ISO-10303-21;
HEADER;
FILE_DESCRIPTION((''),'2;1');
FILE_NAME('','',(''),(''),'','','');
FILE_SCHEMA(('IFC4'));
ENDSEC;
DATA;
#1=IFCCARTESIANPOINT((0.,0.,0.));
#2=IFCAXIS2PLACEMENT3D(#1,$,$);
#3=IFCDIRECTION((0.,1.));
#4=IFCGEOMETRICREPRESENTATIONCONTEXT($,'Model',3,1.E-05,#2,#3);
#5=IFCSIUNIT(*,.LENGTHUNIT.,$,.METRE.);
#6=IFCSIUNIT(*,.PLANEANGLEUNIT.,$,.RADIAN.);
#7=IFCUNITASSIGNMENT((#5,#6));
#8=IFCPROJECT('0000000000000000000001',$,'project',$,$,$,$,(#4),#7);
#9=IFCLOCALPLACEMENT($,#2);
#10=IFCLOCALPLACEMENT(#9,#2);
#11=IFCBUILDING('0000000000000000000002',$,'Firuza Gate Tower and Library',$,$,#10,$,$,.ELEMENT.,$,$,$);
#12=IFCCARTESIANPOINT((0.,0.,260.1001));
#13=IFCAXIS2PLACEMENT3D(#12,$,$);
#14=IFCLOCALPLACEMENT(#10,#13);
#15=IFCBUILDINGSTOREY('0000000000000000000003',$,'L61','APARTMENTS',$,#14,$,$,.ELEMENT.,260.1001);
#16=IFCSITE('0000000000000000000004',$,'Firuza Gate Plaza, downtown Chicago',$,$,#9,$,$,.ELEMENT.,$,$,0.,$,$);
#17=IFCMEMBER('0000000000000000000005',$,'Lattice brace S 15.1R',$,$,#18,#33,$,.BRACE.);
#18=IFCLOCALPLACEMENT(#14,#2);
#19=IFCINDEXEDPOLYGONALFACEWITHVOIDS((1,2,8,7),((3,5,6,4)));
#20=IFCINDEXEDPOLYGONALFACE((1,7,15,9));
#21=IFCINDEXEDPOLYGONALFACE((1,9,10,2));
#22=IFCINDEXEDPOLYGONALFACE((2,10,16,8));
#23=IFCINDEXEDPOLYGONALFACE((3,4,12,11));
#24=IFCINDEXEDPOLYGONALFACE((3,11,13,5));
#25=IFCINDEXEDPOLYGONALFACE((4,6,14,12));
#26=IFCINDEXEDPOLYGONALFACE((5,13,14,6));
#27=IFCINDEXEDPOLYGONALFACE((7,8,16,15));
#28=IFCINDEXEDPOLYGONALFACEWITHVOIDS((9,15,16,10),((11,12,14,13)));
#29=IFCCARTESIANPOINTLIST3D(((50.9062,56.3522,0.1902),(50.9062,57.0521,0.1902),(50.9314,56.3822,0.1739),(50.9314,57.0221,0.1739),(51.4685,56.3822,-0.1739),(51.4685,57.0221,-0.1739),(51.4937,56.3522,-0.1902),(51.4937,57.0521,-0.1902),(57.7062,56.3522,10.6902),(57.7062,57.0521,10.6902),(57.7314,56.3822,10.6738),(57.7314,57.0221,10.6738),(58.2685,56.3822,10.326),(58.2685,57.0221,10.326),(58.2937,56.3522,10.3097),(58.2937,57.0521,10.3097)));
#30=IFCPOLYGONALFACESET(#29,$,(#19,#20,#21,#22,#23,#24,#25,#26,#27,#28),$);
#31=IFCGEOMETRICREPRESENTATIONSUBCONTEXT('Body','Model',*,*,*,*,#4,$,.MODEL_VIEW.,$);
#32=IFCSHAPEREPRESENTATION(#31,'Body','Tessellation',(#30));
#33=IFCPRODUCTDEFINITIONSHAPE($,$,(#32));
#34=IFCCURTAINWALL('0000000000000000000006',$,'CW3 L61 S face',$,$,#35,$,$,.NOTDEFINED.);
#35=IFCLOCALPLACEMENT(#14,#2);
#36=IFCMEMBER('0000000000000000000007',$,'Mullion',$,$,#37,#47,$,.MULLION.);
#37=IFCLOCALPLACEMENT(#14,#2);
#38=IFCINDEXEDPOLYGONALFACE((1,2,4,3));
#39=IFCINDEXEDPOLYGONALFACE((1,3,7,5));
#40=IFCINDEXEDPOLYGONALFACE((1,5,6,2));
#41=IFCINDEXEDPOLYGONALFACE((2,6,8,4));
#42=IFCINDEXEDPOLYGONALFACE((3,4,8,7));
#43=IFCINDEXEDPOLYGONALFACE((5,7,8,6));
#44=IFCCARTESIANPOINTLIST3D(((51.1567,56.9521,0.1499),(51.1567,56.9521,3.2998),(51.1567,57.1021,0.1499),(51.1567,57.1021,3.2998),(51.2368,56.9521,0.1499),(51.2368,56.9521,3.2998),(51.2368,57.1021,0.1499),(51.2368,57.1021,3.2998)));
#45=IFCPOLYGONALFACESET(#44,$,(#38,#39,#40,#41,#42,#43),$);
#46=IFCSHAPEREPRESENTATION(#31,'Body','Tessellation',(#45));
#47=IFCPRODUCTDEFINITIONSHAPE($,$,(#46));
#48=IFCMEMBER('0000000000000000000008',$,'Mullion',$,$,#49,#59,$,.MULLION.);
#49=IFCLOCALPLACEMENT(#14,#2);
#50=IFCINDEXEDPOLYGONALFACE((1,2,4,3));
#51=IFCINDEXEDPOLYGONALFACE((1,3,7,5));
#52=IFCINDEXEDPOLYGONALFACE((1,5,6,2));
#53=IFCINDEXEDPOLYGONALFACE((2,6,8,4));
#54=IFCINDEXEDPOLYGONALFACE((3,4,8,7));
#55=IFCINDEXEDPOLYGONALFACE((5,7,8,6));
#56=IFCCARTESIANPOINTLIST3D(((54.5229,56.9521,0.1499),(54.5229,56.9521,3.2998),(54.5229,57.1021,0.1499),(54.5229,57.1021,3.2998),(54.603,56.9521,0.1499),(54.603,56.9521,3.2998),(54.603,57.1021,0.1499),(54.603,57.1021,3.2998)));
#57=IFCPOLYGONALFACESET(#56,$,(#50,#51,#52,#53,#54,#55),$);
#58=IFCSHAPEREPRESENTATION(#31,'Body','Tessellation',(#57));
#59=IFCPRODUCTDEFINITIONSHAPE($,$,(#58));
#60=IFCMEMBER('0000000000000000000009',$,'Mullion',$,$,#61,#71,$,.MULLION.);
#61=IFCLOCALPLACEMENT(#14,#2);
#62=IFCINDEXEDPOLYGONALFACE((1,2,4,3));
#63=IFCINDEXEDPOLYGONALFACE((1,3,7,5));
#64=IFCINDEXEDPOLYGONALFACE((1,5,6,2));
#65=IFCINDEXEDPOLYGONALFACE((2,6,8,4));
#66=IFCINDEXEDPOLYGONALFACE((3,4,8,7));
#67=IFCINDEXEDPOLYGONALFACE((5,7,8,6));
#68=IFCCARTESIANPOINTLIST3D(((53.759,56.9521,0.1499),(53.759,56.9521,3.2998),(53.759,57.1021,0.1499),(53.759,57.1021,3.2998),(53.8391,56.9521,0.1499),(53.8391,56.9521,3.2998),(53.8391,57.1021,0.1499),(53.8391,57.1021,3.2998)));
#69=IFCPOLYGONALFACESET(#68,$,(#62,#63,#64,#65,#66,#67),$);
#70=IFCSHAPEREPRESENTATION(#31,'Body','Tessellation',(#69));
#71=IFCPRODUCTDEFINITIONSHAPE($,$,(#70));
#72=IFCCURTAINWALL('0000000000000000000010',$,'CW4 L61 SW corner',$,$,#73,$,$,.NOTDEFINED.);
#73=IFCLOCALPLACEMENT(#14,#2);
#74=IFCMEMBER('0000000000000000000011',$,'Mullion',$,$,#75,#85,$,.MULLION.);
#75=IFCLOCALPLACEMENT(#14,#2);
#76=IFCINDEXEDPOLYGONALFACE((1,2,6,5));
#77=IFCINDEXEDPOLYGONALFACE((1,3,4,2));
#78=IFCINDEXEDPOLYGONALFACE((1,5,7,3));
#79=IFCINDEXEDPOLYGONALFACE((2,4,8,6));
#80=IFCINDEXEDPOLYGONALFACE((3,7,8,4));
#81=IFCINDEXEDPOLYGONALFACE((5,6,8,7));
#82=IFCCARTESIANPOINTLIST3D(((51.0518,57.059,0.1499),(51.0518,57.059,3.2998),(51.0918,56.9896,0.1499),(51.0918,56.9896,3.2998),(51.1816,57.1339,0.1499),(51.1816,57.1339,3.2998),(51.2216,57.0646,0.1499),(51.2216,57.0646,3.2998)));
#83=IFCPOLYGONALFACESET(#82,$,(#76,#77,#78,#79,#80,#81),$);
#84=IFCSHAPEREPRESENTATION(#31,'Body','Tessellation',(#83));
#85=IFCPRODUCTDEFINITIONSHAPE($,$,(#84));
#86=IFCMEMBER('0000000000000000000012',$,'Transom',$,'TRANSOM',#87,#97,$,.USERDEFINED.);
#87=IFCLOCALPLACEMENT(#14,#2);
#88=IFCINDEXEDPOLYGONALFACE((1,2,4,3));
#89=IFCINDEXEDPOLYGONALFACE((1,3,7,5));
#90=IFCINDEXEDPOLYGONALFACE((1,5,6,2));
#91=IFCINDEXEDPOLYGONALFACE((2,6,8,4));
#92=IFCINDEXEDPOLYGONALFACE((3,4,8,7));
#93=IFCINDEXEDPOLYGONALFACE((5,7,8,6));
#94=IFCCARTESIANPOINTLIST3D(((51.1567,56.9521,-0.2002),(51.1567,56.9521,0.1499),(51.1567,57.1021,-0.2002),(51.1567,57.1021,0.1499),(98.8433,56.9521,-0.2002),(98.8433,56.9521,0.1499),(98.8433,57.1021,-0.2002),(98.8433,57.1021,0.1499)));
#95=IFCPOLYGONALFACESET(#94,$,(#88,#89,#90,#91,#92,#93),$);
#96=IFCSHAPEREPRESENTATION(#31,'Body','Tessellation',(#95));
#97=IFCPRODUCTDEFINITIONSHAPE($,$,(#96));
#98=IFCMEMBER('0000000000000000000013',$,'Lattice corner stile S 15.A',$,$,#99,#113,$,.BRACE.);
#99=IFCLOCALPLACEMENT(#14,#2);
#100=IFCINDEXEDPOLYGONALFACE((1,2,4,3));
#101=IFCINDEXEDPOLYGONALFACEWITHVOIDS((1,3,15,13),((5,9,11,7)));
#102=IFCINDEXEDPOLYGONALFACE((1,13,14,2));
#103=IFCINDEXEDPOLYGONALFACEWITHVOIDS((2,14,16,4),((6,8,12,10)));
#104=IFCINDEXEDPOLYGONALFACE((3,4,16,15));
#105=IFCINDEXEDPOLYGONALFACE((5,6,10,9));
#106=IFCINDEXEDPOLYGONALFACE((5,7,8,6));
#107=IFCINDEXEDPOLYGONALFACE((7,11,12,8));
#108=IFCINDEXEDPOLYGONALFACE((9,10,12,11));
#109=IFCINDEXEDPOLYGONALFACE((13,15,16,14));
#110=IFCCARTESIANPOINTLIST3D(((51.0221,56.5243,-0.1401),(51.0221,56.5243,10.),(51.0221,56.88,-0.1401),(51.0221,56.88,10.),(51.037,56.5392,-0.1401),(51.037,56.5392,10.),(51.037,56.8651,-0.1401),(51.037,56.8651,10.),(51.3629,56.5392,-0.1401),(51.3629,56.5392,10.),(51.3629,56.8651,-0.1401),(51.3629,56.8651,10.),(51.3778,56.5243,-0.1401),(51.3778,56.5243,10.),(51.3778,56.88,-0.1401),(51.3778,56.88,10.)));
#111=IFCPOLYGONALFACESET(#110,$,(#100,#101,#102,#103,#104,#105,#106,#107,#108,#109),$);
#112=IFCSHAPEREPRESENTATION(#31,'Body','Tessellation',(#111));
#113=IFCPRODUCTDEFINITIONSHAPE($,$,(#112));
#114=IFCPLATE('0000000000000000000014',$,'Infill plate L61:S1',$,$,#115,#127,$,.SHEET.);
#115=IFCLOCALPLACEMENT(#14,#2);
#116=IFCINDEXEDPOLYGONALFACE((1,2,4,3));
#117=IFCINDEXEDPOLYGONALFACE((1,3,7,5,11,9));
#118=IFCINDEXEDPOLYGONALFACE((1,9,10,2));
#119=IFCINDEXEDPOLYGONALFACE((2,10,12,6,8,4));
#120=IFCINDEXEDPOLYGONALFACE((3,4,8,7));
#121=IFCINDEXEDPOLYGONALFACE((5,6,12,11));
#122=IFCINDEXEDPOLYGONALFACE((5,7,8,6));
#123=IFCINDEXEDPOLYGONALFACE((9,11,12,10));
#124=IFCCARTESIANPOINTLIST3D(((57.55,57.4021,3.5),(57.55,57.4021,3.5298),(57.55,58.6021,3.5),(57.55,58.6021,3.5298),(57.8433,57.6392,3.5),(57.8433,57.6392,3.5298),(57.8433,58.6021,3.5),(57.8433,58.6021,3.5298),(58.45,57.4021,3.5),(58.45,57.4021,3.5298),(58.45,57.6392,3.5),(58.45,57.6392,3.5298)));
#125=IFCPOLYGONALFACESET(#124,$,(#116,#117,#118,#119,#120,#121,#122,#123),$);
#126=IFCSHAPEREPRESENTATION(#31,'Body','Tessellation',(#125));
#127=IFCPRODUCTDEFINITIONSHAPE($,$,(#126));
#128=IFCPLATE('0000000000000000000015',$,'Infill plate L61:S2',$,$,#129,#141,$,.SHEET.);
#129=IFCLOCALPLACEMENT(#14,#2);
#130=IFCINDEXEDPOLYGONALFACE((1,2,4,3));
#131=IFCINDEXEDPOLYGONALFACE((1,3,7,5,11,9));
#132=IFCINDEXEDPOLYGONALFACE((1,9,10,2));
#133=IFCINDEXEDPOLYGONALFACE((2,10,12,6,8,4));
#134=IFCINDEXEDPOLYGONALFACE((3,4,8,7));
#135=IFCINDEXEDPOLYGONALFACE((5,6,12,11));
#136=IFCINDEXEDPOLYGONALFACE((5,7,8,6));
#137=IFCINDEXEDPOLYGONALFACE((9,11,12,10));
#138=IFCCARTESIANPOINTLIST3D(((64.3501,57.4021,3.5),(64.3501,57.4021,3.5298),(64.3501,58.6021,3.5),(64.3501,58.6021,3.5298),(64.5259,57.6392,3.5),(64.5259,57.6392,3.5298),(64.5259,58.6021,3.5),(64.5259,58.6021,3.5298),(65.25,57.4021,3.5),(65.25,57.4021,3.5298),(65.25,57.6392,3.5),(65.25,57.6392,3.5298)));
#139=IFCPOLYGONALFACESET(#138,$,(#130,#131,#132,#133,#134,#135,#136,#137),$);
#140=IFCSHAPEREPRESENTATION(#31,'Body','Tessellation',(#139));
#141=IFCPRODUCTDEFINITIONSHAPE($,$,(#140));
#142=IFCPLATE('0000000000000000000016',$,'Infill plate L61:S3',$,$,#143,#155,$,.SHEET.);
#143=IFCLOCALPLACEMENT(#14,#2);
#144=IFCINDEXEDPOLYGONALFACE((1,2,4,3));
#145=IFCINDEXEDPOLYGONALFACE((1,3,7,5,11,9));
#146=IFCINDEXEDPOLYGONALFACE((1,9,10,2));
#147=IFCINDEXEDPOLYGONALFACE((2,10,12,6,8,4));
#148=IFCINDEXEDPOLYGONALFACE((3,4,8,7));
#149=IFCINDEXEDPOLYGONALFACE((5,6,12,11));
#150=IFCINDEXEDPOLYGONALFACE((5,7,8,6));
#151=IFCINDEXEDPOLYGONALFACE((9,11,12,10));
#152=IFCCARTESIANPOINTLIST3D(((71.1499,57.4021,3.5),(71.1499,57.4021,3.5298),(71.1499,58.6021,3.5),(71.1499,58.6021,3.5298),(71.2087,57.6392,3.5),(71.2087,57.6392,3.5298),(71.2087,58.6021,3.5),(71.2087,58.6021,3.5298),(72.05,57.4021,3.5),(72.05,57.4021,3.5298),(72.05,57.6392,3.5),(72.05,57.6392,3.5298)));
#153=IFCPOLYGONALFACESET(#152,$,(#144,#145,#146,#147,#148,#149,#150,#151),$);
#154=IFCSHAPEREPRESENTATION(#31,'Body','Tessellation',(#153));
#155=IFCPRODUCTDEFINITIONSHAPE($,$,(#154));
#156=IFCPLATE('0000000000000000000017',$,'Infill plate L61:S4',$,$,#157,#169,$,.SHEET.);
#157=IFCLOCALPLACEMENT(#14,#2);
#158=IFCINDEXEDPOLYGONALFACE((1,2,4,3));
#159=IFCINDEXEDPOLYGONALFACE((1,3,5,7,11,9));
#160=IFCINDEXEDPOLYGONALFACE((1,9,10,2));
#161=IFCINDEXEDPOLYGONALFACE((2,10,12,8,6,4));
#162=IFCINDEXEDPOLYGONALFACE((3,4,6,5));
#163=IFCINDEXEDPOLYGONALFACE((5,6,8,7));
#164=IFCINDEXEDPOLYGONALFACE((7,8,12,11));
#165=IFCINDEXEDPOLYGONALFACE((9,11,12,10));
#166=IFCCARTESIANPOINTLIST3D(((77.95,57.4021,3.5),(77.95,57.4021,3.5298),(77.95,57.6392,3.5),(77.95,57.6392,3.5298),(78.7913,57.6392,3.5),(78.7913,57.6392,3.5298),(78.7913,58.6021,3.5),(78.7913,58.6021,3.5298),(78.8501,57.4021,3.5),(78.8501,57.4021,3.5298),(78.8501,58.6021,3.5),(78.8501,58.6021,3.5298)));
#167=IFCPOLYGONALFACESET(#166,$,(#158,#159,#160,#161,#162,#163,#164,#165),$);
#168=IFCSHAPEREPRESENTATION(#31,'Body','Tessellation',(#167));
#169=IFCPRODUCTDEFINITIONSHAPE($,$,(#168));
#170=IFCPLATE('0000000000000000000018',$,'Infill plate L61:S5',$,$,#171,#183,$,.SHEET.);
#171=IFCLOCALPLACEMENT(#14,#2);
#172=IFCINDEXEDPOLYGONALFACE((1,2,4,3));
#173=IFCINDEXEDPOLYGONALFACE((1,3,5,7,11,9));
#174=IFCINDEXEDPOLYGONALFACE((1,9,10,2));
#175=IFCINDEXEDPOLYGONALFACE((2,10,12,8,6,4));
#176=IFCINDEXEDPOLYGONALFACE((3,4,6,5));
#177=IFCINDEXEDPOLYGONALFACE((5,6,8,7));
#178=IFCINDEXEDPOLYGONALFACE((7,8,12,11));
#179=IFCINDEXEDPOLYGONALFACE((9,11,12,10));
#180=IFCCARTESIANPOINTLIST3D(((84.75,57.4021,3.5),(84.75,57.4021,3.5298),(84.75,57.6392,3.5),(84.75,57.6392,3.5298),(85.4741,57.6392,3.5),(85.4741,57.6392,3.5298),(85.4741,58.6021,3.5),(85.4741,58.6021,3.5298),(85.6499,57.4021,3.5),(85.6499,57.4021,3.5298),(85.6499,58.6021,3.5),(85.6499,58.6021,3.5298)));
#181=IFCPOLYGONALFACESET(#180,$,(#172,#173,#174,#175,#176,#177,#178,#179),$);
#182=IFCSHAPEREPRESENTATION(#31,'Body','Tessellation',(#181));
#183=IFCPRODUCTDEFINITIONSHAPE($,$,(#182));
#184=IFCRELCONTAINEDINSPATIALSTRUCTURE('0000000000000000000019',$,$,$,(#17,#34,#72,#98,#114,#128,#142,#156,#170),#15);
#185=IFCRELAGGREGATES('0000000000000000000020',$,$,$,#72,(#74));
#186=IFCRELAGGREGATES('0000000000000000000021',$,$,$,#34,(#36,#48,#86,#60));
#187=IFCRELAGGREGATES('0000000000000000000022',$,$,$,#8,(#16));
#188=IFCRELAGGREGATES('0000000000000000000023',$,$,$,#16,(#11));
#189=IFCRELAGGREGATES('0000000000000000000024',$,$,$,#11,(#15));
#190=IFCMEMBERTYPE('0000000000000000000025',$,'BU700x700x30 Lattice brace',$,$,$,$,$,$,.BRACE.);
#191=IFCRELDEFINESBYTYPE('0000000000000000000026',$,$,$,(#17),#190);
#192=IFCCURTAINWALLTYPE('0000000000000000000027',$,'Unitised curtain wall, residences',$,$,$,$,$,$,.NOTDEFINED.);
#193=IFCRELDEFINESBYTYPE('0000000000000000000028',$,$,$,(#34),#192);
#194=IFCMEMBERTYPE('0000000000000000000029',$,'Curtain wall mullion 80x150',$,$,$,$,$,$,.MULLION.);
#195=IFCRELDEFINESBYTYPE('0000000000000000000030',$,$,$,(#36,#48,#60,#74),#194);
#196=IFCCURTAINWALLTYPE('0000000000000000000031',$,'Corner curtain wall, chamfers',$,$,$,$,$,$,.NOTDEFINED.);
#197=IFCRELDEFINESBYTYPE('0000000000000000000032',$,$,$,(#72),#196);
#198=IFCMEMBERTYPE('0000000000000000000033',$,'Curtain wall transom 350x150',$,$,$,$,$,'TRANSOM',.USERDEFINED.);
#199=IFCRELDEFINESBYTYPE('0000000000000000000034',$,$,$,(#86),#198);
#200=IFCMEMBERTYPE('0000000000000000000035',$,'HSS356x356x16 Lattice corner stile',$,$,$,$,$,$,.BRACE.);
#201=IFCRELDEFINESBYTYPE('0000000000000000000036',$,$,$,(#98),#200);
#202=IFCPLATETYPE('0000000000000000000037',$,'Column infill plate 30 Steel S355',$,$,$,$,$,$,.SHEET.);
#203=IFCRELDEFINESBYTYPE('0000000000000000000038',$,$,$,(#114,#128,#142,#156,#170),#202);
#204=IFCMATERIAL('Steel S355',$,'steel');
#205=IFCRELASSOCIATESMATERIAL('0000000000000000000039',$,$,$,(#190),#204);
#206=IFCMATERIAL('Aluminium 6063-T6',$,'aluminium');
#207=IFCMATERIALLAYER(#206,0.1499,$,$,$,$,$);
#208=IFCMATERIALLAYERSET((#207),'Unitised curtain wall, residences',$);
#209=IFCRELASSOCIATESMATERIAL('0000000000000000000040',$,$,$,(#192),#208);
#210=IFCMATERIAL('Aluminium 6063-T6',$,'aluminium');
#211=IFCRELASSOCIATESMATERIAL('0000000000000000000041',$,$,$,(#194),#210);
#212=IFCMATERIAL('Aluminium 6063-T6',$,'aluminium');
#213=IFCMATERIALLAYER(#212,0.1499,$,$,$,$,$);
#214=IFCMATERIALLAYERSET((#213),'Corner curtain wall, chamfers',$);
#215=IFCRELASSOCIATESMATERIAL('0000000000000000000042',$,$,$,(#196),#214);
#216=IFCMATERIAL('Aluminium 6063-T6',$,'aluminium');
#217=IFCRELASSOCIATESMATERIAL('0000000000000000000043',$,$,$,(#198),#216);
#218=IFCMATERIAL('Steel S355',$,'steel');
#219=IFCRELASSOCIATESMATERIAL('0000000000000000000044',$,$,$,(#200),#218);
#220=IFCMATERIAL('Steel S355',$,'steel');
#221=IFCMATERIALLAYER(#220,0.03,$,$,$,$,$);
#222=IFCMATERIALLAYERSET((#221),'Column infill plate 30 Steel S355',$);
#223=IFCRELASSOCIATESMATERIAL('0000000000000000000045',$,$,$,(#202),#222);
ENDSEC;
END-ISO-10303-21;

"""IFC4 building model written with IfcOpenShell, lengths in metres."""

from ifc_helpers import new_model, si_unit, direction, frame, origin, origin_2d, place, context, subcontext, project, spatial, polyline, rectangle, hollow_rectangle, outline, extrude, material, layer, layer_set, material_profile, profile_set, type_object, element, aggregate, save


model = new_model("IFC4")

# Units and contexts
model_context = context("Model", 3, precision=1e-05, world=origin(), true_north=direction((0.0, 1.0)))
body_context = subcontext(model_context, "Body", "Model", "MODEL_VIEW")
ifc_project = project(units=[si_unit("LENGTHUNIT", "METRE"), si_unit("PLANEANGLEUNIT", "RADIAN")], contexts=[model_context])

# Site, building, storey
site_placement = place(None, origin())
site = spatial("IfcSite", under=ifc_project, at=site_placement, Name="Firuza Gate Plaza, downtown Chicago", CompositionType="ELEMENT", RefElevation=0.0)
building_placement = place(site_placement, origin())
building = spatial("IfcBuilding", under=site, at=building_placement, Name="Firuza Gate Tower and Library", CompositionType="ELEMENT")
storey_placement = place(building_placement, frame((0.0, 0.0, 260.1001)))
storey = spatial("IfcBuildingStorey", under=building, at=storey_placement, Name="L61", Description="APARTMENTS", CompositionType="ELEMENT", Elevation=260.1001)

# Member
ifc_material_1 = material(Name="Steel S355", Category="steel")
ifc_material_profile_1 = material_profile(ifc_material_1, hollow_rectangle(XDim=0.7, YDim=0.7, WallThickness=0.03, at=origin_2d()))
ifc_profile_set_1 = profile_set([ifc_material_profile_1], Name="Steel S355")
member_type_1 = type_object("IfcMemberType", Name="BU700x700x30 Lattice brace", PredefinedType="BRACE", material=ifc_profile_set_1)
member_1_placement = place(storey_placement, frame((51.2, 56.7021, 0.0), z_axis=(0.543585, 0.0, 0.839354), x_axis=(0.0, 1.0, 0.0)))
element("IfcMember", 1, at=member_1_placement, inside=storey, type_object=member_type_1, Name="Lattice brace S 15.1R", PredefinedType="BRACE", context=body_context, shape_type="SweptSolid", body=[
    extrude(hollow_rectangle(XDim=0.7, YDim=0.7, WallThickness=0.03, at=origin_2d()), origin(), (0.0, 0.0, 1.0), 12.5095),
])

# Curtain wall, members
ifc_material_2 = material(Name="Aluminium 6063-T6", Category="aluminium")
ifc_layer_1 = layer(ifc_material_2, 0.1499)
ifc_layer_set_1 = layer_set([ifc_layer_1], Name="Unitised curtain wall, residences")
curtain_wall_type_1 = type_object("IfcCurtainWallType", Name="Unitised curtain wall, residences", PredefinedType="NOTDEFINED", material=ifc_layer_set_1)
placement_1 = place(storey_placement, origin())
curtain_wall_1 = element("IfcCurtainWall", 2, at=placement_1, inside=storey, type_object=curtain_wall_type_1, Name="CW3 L61 S face", PredefinedType="NOTDEFINED")
ifc_material_3 = material(Name="Aluminium 6063-T6", Category="aluminium")
ifc_material_profile_2 = material_profile(ifc_material_3, rectangle(XDim=0.1499, YDim=0.0801, at=origin_2d()))
ifc_profile_set_2 = profile_set([ifc_material_profile_2], Name="Aluminium 6063-T6")
member_type_2 = type_object("IfcMemberType", Name="Curtain wall mullion 80x150", PredefinedType="MULLION", material=ifc_profile_set_2)
member_2_placement = place(storey_placement, frame((51.1968, 57.0271, 0.1499), z_axis=(0.0, 0.0, 1.0), x_axis=(0.0, 1.0, 0.0)))
member_2 = element("IfcMember", 3, at=member_2_placement, type_object=member_type_2, Name="Mullion", PredefinedType="MULLION", context=body_context, shape_type="SweptSolid", body=[
    extrude(rectangle(XDim=0.1499, YDim=0.0801, at=origin_2d()), origin(), (0.0, 0.0, 1.0), 3.1499),
])
member_3_placement = place(storey_placement, frame((54.563, 57.0271, 0.1499), z_axis=(0.0, 0.0, 1.0), x_axis=(0.0, 1.0, 0.0)))
member_3 = element("IfcMember", 4, at=member_3_placement, type_object=member_type_2, Name="Mullion", PredefinedType="MULLION", context=body_context, shape_type="SweptSolid", body=[
    extrude(rectangle(XDim=0.1499, YDim=0.0801, at=origin_2d()), origin(), (0.0, 0.0, 1.0), 3.1499),
])
member_4_placement = place(storey_placement, frame((53.7991, 57.0271, 0.1499), z_axis=(0.0, 0.0, 1.0), x_axis=(0.0, 1.0, 0.0)))
member_4 = element("IfcMember", 5, at=member_4_placement, type_object=member_type_2, Name="Mullion", PredefinedType="MULLION", context=body_context, shape_type="SweptSolid", body=[
    extrude(rectangle(XDim=0.1499, YDim=0.0801, at=origin_2d()), origin(), (0.0, 0.0, 1.0), 3.1499),
])

# Curtain wall, member
ifc_material_4 = material(Name="Aluminium 6063-T6", Category="aluminium")
ifc_layer_2 = layer(ifc_material_4, 0.1499)
ifc_layer_set_2 = layer_set([ifc_layer_2], Name="Corner curtain wall, chamfers")
curtain_wall_type_2 = type_object("IfcCurtainWallType", Name="Corner curtain wall, chamfers", PredefinedType="NOTDEFINED", material=ifc_layer_set_2)
curtain_wall_2 = element("IfcCurtainWall", 6, at=placement_1, inside=storey, type_object=curtain_wall_type_2, Name="CW4 L61 SW corner", PredefinedType="NOTDEFINED")
member_5_placement = place(storey_placement, frame((51.1367, 57.0618, 0.1499), z_axis=(0.0, 0.0, 1.0), x_axis=(0.866025, 0.5, 0.0)))
member_5 = element("IfcMember", 7, at=member_5_placement, type_object=member_type_2, Name="Mullion", PredefinedType="MULLION", context=body_context, shape_type="SweptSolid", body=[
    extrude(rectangle(XDim=0.1499, YDim=0.0801, at=origin_2d()), origin(), (0.0, 0.0, 1.0), 3.1499),
])
aggregate(curtain_wall_2, [member_5])

# Members
ifc_material_5 = material(Name="Aluminium 6063-T6", Category="aluminium")
ifc_material_profile_3 = material_profile(ifc_material_5, rectangle(XDim=0.1499, YDim=0.3501, at=origin_2d()))
ifc_profile_set_3 = profile_set([ifc_material_profile_3], Name="Aluminium 6063-T6")
member_type_3 = type_object("IfcMemberType", Name="Curtain wall transom 350x150", ElementType="TRANSOM", PredefinedType="USERDEFINED", material=ifc_profile_set_3)
member_6_placement = place(storey_placement, frame((51.1567, 57.0271, -0.0251), z_axis=(1.0, 0.0, 0.0), x_axis=(0.0, 1.0, 0.0)))
member_6 = element("IfcMember", 8, at=member_6_placement, type_object=member_type_3, Name="Transom", ObjectType="TRANSOM", PredefinedType="USERDEFINED", context=body_context, shape_type="SweptSolid", body=[
    extrude(rectangle(XDim=0.1499, YDim=0.3501, at=origin_2d()), origin(), (0.0, 0.0, 1.0), 47.6865),
])
ifc_material_6 = material(Name="Steel S355", Category="steel")
ifc_material_profile_4 = material_profile(ifc_material_6, hollow_rectangle(XDim=0.3557, YDim=0.3557, WallThickness=0.0149, at=origin_2d()))
ifc_profile_set_4 = profile_set([ifc_material_profile_4], Name="Steel S355")
member_type_4 = type_object("IfcMemberType", Name="HSS356x356x16 Lattice corner stile", PredefinedType="BRACE", material=ifc_profile_set_4)
member_7_placement = place(storey_placement, frame((51.2, 56.7021, -0.1401), z_axis=(0.0, 0.0, 1.0), x_axis=(1.0, 0.0, 0.0)))
element("IfcMember", 9, at=member_7_placement, inside=storey, type_object=member_type_4, Name="Lattice corner stile S 15.A", PredefinedType="BRACE", context=body_context, shape_type="SweptSolid", body=[
    extrude(hollow_rectangle(XDim=0.3557, YDim=0.3557, WallThickness=0.0149, at=origin_2d()), origin(), (0.0, 0.0, 1.0), 10.1401),
])

# Plates
ifc_material_7 = material(Name="Steel S355", Category="steel")
ifc_layer_3 = layer(ifc_material_7, 0.03)
ifc_layer_set_3 = layer_set([ifc_layer_3], Name="Column infill plate 30 Steel S355")
plate_type_1 = type_object("IfcPlateType", Name="Column infill plate 30 Steel S355", PredefinedType="SHEET", material=ifc_layer_set_3)
placement_2 = place(storey_placement, frame((0.0, 0.0, 3.5)))
element("IfcPlate", 10, at=placement_2, inside=storey, type_object=plate_type_1, Name="Infill plate L61:S1", PredefinedType="SHEET", context=body_context, shape_type="SweptSolid", body=[
    extrude(outline(polyline([(58.45, 57.4021), (58.45, 57.6392), (57.8433, 57.6392), (57.8433, 58.6021), (57.55, 58.6021), (57.55, 57.4021), (58.45, 57.4021)])), origin(), (0.0, 0.0, 1.0), 0.0298),
])
element("IfcPlate", 11, at=placement_2, inside=storey, type_object=plate_type_1, Name="Infill plate L61:S2", PredefinedType="SHEET", context=body_context, shape_type="SweptSolid", body=[
    extrude(outline(polyline([(65.25, 57.4021), (65.25, 57.6392), (64.5259, 57.6392), (64.5259, 58.6021), (64.3501, 58.6021), (64.3501, 57.4021), (65.25, 57.4021)])), origin(), (0.0, 0.0, 1.0), 0.0298),
])
element("IfcPlate", 12, at=placement_2, inside=storey, type_object=plate_type_1, Name="Infill plate L61:S3", PredefinedType="SHEET", context=body_context, shape_type="SweptSolid", body=[
    extrude(outline(polyline([(72.05, 57.4021), (72.05, 57.6392), (71.2087, 57.6392), (71.2087, 58.6021), (71.1499, 58.6021), (71.1499, 57.4021), (72.05, 57.4021)])), origin(), (0.0, 0.0, 1.0), 0.0298),
])
element("IfcPlate", 13, at=placement_2, inside=storey, type_object=plate_type_1, Name="Infill plate L61:S4", PredefinedType="SHEET", context=body_context, shape_type="SweptSolid", body=[
    extrude(outline(polyline([(78.8501, 58.6021), (78.7913, 58.6021), (78.7913, 57.6392), (77.95, 57.6392), (77.95, 57.4021), (78.8501, 57.4021), (78.8501, 58.6021)])), origin(), (0.0, 0.0, 1.0), 0.0298),
])
element("IfcPlate", 14, at=placement_2, inside=storey, type_object=plate_type_1, Name="Infill plate L61:S5", PredefinedType="SHEET", context=body_context, shape_type="SweptSolid", body=[
    extrude(outline(polyline([(85.6499, 58.6021), (85.4741, 58.6021), (85.4741, 57.6392), (84.75, 57.6392), (84.75, 57.4021), (85.6499, 57.4021), (85.6499, 58.6021)])), origin(), (0.0, 0.0, 1.0), 0.0298),
])

aggregate(curtain_wall_1, [member_2, member_3, member_6, member_4])

save(model, "model.ifc")
